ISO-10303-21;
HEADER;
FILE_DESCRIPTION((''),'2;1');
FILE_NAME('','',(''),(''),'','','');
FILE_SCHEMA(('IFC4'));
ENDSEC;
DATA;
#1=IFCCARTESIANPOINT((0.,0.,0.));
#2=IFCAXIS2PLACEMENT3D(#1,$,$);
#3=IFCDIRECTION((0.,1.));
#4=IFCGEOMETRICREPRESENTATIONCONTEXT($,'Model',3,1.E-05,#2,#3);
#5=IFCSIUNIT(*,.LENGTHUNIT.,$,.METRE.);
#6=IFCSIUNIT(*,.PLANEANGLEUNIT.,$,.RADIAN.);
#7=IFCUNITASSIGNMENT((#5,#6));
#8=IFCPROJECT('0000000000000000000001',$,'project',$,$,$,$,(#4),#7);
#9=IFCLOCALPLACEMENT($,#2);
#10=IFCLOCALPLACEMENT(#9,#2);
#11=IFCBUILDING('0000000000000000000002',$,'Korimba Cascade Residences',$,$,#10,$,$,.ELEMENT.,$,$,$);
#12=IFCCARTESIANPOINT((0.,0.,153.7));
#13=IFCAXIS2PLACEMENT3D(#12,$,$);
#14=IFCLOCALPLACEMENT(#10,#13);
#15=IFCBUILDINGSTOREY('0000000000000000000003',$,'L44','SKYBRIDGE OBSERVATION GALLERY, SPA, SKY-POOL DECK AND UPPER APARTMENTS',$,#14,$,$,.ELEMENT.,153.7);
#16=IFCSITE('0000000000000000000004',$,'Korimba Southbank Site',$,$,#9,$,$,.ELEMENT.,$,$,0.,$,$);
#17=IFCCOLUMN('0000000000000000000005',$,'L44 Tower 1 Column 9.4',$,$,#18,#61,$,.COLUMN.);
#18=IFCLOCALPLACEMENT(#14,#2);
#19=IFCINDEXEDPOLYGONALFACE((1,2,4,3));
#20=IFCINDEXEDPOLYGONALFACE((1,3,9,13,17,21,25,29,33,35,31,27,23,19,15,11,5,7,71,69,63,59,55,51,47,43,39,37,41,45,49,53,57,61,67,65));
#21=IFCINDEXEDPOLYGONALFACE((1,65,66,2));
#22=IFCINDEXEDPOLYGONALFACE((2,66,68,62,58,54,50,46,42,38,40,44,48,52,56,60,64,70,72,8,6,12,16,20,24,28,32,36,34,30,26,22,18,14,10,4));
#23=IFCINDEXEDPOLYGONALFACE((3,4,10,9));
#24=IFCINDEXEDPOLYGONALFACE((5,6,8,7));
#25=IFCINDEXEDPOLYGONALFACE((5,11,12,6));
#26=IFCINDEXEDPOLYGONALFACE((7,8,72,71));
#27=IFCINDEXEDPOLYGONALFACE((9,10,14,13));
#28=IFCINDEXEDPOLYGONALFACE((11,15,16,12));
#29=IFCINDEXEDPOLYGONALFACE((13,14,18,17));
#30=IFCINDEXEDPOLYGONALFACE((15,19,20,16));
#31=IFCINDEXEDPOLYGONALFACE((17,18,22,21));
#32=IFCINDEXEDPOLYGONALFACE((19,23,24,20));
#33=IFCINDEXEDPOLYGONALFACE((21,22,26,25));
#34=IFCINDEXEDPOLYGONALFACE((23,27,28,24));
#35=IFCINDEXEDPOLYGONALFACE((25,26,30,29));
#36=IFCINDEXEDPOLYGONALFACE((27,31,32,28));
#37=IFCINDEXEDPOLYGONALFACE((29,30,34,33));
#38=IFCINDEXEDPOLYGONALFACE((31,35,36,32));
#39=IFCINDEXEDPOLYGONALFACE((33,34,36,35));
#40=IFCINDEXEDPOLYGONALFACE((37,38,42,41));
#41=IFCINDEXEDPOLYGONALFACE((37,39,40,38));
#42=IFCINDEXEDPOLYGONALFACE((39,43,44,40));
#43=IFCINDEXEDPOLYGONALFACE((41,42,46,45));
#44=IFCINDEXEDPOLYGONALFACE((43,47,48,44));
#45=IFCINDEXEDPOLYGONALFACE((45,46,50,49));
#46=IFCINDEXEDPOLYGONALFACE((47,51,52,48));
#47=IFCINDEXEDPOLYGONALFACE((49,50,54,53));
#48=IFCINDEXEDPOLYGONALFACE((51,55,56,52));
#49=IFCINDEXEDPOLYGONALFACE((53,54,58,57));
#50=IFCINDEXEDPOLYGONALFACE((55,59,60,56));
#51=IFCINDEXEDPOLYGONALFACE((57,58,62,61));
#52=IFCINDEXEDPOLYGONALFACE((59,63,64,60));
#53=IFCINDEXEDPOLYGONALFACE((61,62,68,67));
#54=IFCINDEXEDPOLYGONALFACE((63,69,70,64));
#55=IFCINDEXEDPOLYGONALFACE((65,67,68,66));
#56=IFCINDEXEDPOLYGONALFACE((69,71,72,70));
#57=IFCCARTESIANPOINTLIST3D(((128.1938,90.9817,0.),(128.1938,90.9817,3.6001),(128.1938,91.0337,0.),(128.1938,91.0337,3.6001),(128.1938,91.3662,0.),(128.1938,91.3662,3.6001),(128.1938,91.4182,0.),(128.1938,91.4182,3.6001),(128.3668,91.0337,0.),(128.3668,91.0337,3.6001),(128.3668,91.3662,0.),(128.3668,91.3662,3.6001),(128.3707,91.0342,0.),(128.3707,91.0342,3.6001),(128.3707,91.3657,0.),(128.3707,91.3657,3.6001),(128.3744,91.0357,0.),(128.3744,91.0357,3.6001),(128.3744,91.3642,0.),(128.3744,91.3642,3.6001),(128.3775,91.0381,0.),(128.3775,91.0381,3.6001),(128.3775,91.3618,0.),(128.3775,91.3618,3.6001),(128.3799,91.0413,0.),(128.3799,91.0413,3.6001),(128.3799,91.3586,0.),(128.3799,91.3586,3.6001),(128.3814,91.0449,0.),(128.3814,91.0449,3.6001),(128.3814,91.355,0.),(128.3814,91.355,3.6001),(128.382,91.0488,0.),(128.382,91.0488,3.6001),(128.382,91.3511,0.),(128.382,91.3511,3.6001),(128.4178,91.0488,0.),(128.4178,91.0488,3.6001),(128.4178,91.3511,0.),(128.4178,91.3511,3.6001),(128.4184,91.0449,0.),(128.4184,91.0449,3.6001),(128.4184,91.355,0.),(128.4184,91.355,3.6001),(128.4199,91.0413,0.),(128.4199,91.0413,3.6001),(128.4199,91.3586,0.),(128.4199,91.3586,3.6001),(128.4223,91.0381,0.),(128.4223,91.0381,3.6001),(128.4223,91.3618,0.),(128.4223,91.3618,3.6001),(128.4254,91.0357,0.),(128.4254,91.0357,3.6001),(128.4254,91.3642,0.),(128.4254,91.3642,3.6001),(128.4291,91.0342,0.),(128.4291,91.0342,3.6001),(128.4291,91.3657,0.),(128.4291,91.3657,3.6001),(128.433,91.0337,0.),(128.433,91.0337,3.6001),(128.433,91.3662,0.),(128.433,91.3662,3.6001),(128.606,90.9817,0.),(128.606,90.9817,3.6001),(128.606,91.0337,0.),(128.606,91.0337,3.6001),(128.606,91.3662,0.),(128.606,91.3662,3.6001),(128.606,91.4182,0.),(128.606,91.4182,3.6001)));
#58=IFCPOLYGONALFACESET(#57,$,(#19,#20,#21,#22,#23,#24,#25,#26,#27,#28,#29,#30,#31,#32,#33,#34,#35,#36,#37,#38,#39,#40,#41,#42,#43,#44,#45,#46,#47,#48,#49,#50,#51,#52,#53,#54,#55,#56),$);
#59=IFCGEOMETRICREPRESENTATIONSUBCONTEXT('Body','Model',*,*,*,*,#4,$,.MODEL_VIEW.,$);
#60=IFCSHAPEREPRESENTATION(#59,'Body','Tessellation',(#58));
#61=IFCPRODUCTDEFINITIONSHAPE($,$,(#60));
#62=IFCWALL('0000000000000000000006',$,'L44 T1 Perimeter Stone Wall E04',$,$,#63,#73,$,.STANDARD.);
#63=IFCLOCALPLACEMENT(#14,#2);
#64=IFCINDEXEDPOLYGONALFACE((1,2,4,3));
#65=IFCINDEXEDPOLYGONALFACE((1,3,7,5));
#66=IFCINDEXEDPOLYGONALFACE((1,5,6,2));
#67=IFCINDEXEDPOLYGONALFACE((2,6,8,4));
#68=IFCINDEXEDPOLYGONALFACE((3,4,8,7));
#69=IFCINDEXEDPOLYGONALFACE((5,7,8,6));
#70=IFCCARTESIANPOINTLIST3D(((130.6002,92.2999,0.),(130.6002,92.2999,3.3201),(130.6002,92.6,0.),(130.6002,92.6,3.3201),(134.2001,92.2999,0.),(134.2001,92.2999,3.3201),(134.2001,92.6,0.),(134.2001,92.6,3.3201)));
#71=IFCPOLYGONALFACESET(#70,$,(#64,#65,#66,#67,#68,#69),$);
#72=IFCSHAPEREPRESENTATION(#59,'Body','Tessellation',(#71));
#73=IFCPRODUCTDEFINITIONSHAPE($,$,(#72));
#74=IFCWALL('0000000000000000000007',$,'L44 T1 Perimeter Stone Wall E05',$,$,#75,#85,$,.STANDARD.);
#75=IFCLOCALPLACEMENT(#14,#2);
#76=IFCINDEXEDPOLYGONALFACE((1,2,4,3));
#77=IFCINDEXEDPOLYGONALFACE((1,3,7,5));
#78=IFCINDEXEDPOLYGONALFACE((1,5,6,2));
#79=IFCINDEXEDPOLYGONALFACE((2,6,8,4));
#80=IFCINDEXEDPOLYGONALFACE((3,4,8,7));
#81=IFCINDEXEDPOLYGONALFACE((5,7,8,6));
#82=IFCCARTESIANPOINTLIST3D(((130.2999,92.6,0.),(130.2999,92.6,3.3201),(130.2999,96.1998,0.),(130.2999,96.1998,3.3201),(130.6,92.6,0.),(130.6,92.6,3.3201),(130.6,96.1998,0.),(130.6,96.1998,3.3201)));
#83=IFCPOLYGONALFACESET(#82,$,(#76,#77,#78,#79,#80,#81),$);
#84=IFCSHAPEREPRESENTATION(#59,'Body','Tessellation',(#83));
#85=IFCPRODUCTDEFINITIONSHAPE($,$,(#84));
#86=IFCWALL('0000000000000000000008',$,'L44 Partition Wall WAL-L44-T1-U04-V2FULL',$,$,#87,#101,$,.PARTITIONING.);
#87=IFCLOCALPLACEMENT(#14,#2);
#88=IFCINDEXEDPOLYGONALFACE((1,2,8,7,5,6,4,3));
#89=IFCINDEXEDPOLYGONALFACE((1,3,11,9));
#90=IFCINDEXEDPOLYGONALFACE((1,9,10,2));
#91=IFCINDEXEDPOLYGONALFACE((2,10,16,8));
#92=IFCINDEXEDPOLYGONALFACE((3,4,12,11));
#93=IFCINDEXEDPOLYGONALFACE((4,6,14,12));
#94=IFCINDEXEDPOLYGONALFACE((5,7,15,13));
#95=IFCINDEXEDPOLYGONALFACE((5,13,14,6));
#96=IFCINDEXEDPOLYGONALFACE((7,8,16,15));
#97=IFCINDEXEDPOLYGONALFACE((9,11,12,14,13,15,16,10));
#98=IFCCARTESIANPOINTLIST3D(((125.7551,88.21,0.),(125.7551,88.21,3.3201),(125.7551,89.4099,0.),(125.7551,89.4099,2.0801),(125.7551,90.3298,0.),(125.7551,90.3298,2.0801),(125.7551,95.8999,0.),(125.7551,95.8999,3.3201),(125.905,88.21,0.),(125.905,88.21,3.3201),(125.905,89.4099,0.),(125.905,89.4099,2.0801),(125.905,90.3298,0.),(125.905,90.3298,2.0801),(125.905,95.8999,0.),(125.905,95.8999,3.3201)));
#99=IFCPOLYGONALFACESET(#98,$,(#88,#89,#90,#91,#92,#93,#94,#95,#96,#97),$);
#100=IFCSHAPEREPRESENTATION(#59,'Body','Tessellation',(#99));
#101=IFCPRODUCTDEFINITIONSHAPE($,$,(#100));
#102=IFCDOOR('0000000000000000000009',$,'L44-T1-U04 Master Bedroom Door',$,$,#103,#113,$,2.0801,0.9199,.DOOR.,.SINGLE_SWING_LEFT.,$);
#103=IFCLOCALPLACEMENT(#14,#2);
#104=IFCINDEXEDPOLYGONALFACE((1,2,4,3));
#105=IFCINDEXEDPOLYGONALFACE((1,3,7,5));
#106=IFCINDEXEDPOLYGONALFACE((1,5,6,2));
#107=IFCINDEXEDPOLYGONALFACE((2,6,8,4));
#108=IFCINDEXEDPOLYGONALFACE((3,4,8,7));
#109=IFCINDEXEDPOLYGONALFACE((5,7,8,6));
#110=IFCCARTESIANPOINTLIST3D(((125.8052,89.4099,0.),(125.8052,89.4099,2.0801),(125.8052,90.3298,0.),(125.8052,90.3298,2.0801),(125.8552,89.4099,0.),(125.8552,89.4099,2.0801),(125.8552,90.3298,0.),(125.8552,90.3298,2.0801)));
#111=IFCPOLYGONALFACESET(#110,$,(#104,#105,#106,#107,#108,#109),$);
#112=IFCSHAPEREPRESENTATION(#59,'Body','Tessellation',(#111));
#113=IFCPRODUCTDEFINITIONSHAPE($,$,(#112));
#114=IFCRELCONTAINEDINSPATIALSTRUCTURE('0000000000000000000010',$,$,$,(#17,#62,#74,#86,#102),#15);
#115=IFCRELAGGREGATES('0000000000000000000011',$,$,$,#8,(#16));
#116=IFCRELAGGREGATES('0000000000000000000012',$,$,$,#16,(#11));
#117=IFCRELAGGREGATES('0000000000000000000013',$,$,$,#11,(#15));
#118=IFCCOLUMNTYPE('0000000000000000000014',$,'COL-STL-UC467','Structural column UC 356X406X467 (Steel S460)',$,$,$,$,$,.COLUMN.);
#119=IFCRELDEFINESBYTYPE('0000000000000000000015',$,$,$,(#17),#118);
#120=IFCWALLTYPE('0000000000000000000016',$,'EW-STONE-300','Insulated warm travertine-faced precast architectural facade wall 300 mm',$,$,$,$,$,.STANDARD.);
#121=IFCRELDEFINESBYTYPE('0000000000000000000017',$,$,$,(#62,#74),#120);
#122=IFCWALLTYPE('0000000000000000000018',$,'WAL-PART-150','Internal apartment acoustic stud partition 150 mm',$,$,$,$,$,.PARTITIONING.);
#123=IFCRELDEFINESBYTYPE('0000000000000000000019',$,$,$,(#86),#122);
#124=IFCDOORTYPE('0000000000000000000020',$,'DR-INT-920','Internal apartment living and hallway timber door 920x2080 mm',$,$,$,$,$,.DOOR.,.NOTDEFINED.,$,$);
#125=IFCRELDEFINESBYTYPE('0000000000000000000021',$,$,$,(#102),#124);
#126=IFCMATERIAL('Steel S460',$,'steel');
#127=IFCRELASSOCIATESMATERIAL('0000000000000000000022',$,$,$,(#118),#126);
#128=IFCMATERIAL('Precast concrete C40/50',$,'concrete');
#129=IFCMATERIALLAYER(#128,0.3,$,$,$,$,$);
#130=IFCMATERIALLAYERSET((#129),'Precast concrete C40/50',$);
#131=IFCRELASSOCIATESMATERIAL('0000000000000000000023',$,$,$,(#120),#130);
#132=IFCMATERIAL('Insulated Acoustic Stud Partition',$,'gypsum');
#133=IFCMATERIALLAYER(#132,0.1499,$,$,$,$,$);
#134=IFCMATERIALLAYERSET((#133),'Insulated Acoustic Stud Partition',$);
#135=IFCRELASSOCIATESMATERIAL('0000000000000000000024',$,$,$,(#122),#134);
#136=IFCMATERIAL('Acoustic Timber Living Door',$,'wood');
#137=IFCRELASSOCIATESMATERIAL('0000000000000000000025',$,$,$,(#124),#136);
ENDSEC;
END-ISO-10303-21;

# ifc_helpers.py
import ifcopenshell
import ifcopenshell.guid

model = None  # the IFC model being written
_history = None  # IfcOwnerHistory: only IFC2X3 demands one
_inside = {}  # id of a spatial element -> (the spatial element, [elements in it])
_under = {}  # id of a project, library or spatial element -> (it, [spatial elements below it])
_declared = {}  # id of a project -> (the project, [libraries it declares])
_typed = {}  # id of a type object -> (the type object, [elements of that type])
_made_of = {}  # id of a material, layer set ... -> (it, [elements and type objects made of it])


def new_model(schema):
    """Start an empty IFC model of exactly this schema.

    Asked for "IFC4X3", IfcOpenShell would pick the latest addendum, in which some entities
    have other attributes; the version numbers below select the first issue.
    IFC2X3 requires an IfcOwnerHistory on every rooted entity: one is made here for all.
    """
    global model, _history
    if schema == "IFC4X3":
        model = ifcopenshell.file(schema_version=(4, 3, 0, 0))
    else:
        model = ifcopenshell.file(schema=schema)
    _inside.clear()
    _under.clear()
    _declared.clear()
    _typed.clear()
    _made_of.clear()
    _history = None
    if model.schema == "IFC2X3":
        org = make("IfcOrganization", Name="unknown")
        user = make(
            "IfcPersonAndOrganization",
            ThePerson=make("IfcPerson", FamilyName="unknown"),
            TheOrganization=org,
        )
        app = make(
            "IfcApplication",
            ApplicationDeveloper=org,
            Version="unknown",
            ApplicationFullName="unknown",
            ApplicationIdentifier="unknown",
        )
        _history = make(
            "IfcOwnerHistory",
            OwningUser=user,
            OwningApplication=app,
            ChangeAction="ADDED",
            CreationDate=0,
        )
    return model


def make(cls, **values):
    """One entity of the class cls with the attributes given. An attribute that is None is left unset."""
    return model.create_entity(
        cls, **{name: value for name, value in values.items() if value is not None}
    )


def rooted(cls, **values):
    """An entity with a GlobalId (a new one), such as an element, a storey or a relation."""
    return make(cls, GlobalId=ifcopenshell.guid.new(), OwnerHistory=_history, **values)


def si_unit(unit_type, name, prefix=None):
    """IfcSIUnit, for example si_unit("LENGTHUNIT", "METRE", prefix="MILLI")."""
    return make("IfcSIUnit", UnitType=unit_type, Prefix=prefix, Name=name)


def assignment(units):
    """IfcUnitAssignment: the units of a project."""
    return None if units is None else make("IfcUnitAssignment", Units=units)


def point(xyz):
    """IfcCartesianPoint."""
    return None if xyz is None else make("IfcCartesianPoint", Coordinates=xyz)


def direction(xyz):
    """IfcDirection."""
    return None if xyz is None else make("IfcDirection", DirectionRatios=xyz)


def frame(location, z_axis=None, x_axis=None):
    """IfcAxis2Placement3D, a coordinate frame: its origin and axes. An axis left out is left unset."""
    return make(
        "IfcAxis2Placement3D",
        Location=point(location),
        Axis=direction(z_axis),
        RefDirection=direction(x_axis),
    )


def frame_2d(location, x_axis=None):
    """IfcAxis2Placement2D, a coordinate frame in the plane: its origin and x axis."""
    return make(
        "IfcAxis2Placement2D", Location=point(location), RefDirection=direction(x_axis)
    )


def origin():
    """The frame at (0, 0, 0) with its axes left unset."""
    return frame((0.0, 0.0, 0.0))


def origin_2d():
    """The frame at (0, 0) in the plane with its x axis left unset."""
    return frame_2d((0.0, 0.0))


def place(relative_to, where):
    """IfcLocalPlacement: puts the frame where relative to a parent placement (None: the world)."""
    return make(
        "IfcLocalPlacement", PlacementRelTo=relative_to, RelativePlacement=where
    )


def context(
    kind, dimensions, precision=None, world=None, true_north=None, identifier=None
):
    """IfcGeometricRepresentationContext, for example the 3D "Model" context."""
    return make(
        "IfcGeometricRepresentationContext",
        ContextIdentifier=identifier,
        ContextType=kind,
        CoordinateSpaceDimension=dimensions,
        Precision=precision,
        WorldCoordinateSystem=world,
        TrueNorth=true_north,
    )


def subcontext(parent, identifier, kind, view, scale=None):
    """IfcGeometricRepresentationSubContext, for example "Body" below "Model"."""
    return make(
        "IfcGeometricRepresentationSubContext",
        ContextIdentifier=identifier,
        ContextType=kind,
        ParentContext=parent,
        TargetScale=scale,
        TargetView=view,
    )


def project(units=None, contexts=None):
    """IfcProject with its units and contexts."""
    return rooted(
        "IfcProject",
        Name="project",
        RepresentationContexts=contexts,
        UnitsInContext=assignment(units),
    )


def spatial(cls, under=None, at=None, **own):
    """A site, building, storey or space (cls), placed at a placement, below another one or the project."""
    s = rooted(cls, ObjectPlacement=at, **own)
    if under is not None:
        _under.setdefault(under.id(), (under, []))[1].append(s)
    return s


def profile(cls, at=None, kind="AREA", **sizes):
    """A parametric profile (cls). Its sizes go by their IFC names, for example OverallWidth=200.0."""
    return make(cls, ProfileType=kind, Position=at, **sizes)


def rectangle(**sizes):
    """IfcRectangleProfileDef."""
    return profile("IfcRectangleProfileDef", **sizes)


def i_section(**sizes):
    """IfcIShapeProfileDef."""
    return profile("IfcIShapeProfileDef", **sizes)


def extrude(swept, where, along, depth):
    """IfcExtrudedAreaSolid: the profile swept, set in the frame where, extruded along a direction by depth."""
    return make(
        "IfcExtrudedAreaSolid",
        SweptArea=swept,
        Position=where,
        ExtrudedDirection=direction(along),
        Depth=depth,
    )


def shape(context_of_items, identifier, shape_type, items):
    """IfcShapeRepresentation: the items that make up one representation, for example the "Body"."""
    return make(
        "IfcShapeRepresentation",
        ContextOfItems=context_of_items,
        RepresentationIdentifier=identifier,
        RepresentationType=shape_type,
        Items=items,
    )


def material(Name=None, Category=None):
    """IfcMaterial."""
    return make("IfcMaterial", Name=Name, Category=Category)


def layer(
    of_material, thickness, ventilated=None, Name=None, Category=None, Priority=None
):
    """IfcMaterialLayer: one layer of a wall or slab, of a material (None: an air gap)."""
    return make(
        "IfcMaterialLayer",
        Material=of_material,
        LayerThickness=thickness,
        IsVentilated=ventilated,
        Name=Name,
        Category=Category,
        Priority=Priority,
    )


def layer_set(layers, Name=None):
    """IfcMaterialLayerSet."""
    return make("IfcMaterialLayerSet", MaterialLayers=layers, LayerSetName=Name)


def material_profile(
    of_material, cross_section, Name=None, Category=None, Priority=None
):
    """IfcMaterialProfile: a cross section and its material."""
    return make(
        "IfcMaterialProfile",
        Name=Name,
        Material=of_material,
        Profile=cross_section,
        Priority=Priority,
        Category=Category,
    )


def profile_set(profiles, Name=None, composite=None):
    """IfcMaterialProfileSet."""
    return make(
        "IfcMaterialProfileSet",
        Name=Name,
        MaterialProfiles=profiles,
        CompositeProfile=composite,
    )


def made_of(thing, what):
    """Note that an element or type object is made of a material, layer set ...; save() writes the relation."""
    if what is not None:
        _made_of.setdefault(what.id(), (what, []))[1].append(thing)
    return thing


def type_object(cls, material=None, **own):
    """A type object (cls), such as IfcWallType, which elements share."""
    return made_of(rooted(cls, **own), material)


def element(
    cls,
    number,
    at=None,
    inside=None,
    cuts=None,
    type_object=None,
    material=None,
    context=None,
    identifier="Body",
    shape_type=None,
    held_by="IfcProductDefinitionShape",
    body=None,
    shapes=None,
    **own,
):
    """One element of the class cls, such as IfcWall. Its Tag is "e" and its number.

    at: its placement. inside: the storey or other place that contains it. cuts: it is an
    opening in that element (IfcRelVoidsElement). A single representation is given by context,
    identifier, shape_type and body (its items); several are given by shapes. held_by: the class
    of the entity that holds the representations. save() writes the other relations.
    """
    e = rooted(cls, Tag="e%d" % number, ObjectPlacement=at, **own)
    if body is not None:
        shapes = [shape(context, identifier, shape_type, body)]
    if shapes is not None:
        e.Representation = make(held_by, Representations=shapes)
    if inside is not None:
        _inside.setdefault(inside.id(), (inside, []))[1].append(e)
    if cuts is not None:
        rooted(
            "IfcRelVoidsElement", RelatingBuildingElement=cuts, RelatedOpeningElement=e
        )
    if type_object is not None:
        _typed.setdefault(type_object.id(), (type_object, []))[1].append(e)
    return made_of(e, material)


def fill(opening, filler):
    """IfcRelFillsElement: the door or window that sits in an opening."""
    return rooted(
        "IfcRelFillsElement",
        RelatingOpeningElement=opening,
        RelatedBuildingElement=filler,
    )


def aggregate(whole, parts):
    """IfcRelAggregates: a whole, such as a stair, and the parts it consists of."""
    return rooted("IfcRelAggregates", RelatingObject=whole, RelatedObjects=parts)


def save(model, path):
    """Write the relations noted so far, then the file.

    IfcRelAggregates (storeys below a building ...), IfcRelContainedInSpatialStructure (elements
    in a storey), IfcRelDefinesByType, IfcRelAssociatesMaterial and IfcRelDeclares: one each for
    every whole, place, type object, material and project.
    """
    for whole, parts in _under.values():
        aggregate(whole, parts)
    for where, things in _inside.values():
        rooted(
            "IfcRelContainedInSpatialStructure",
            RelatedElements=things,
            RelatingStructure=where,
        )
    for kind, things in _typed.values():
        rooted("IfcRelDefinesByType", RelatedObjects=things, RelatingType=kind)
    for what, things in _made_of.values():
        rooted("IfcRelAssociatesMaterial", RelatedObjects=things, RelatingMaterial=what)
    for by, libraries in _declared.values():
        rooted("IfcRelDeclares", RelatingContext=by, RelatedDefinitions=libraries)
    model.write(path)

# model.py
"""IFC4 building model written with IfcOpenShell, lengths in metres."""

from ifc_helpers import new_model, si_unit, direction, frame, frame_2d, origin, origin_2d, place, context, subcontext, project, spatial, rectangle, i_section, extrude, material, layer, layer_set, material_profile, profile_set, type_object, element, fill, save


model = new_model("IFC4")

# Units and contexts
model_context = context("Model", 3, precision=1e-05, world=origin(), true_north=direction((0.0, 1.0)))
body_context = subcontext(model_context, "Body", "Model", "MODEL_VIEW")
ifc_project = project(units=[si_unit("LENGTHUNIT", "METRE"), si_unit("PLANEANGLEUNIT", "RADIAN")], contexts=[model_context])

# Site, building, storey
site_placement = place(None, origin())
site = spatial("IfcSite", under=ifc_project, at=site_placement, Name="Korimba Southbank Site", CompositionType="ELEMENT", RefElevation=0.0)
building_placement = place(site_placement, origin())
building = spatial("IfcBuilding", under=site, at=building_placement, Name="Korimba Cascade Residences", CompositionType="ELEMENT")
storey_placement = place(building_placement, frame((0.0, 0.0, 153.7)))
storey = spatial("IfcBuildingStorey", under=building, at=storey_placement, Name="L44", Description="SKYBRIDGE OBSERVATION GALLERY, SPA, SKY-POOL DECK AND UPPER APARTMENTS", CompositionType="ELEMENT", Elevation=153.7)

# Column
ifc_material_1 = material(Name="Steel S460", Category="steel")
ifc_material_profile = material_profile(ifc_material_1, i_section(OverallWidth=0.4121, OverallDepth=0.4365, WebThickness=0.0359, FlangeThickness=0.052, FilletRadius=0.0151, at=origin_2d()), Name="Steel S460")
ifc_profile_set = profile_set([ifc_material_profile], Name="Steel S460")
column_type = type_object("IfcColumnType", Name="COL-STL-UC467", Description="Structural column UC 356X406X467 (Steel S460)", PredefinedType="COLUMN", material=ifc_profile_set)
column_placement = place(storey_placement, frame((128.3999, 91.2, 0.0), z_axis=(0.0, 0.0, 1.0), x_axis=(1.0, 0.0, 0.0)))
element("IfcColumn", 1, at=column_placement, inside=storey, type_object=column_type, Name="L44 Tower 1 Column 9.4", PredefinedType="COLUMN", context=body_context, shape_type="SweptSolid", body=[
    extrude(i_section(OverallWidth=0.4121, OverallDepth=0.4365, WebThickness=0.0359, FlangeThickness=0.052, FilletRadius=0.0151, at=origin_2d()), origin(), (0.0, 0.0, 1.0), 3.6001),
])

# Shared definitions
ifc_material_2 = material(Name="Precast concrete C40/50", Category="concrete")

# Walls
ifc_layer_1 = layer(ifc_material_2, 0.3)
ifc_layer_set_1 = layer_set([ifc_layer_1], Name="Precast concrete C40/50")
wall_type_1 = type_object("IfcWallType", Name="EW-STONE-300", Description="Insulated warm travertine-faced precast architectural facade wall 300 mm", PredefinedType="STANDARD", material=ifc_layer_set_1)
for number, where, z_axis, x_axis, name in (
    (2, (134.2, 92.45, 0.0), (0.0, 0.0, 1.0), (-1.0, 0.0, 0.0), "L44 T1 Perimeter Stone Wall E04"),
    (3, (130.45, 92.6001, 0.0), (0.0, 0.0, 1.0), (0.0, 1.0, 0.0), "L44 T1 Perimeter Stone Wall E05"),
):
    element("IfcWall", number, at=place(storey_placement, frame(where, z_axis=z_axis, x_axis=x_axis)), inside=storey, type_object=wall_type_1, Name=name, PredefinedType="STANDARD", context=body_context, shape_type="SweptSolid", body=[
        extrude(rectangle(XDim=3.5999, YDim=0.3, at=frame_2d((1.7998, 0.0))), origin(), (0.0, 0.0, 1.0), 3.3201),
    ])

# Wall, opening, door
ifc_material_3 = material(Name="Insulated Acoustic Stud Partition", Category="gypsum")
ifc_layer_2 = layer(ifc_material_3, 0.1499)
ifc_layer_set_2 = layer_set([ifc_layer_2], Name="Insulated Acoustic Stud Partition")
wall_type_2 = type_object("IfcWallType", Name="WAL-PART-150", Description="Internal apartment acoustic stud partition 150 mm", PredefinedType="PARTITIONING", material=ifc_layer_set_2)
wall_1_placement = place(storey_placement, frame((125.8301, 88.21, 0.0), z_axis=(0.0, 0.0, 1.0), x_axis=(0.0, 1.0, 0.0)))
wall_1 = element("IfcWall", 4, at=wall_1_placement, inside=storey, type_object=wall_type_2, Name="L44 Partition Wall WAL-L44-T1-U04-V2FULL", PredefinedType="PARTITIONING", context=body_context, shape_type="SweptSolid", body=[
    extrude(rectangle(XDim=7.6899, YDim=0.1499, at=frame_2d((3.845, 0.0))), origin(), (0.0, 0.0, 1.0), 3.3201),
])
opening_1_placement = place(wall_1_placement, frame((1.2, 0.0, 0.0)))
opening_1 = element("IfcOpeningElement", 5, at=opening_1_placement, cuts=wall_1, PredefinedType="OPENING", context=body_context, shape_type="SweptSolid", body=[
    extrude(rectangle(XDim=0.9199, YDim=2.0801, at=frame_2d((0.46, 1.04))), frame((0.0, 0.085, 0.0), z_axis=(0.0, -1.0, 0.0), x_axis=(1.0, 0.0, 0.0)), (0.0, 0.0, 1.0), 0.1699),
])
ifc_material_4 = material(Name="Acoustic Timber Living Door", Category="wood")
door_type_1 = type_object("IfcDoorType", Name="DR-INT-920", Description="Internal apartment living and hallway timber door 920x2080 mm", OperationType="NOTDEFINED", PredefinedType="DOOR", material=ifc_material_4)
door_1_placement = place(opening_1_placement, origin())
door_1 = element("IfcDoor", 6, at=door_1_placement, inside=storey, type_object=door_type_1, Name="L44-T1-U04 Master Bedroom Door", OperationType="SINGLE_SWING_LEFT", OverallHeight=2.0801, OverallWidth=0.9199, PredefinedType="DOOR", context=body_context, shape_type="SweptSolid", body=[
    extrude(rectangle(XDim=0.9199, YDim=2.0801, at=frame_2d((0.46, 1.04))), frame((0.0, 0.0249, 0.0), z_axis=(0.0, -1.0, 0.0), x_axis=(1.0, 0.0, 0.0)), (0.0, 0.0, 1.0), 0.05),
])
fill(opening_1, door_1)

save(model, "model.ifc")
